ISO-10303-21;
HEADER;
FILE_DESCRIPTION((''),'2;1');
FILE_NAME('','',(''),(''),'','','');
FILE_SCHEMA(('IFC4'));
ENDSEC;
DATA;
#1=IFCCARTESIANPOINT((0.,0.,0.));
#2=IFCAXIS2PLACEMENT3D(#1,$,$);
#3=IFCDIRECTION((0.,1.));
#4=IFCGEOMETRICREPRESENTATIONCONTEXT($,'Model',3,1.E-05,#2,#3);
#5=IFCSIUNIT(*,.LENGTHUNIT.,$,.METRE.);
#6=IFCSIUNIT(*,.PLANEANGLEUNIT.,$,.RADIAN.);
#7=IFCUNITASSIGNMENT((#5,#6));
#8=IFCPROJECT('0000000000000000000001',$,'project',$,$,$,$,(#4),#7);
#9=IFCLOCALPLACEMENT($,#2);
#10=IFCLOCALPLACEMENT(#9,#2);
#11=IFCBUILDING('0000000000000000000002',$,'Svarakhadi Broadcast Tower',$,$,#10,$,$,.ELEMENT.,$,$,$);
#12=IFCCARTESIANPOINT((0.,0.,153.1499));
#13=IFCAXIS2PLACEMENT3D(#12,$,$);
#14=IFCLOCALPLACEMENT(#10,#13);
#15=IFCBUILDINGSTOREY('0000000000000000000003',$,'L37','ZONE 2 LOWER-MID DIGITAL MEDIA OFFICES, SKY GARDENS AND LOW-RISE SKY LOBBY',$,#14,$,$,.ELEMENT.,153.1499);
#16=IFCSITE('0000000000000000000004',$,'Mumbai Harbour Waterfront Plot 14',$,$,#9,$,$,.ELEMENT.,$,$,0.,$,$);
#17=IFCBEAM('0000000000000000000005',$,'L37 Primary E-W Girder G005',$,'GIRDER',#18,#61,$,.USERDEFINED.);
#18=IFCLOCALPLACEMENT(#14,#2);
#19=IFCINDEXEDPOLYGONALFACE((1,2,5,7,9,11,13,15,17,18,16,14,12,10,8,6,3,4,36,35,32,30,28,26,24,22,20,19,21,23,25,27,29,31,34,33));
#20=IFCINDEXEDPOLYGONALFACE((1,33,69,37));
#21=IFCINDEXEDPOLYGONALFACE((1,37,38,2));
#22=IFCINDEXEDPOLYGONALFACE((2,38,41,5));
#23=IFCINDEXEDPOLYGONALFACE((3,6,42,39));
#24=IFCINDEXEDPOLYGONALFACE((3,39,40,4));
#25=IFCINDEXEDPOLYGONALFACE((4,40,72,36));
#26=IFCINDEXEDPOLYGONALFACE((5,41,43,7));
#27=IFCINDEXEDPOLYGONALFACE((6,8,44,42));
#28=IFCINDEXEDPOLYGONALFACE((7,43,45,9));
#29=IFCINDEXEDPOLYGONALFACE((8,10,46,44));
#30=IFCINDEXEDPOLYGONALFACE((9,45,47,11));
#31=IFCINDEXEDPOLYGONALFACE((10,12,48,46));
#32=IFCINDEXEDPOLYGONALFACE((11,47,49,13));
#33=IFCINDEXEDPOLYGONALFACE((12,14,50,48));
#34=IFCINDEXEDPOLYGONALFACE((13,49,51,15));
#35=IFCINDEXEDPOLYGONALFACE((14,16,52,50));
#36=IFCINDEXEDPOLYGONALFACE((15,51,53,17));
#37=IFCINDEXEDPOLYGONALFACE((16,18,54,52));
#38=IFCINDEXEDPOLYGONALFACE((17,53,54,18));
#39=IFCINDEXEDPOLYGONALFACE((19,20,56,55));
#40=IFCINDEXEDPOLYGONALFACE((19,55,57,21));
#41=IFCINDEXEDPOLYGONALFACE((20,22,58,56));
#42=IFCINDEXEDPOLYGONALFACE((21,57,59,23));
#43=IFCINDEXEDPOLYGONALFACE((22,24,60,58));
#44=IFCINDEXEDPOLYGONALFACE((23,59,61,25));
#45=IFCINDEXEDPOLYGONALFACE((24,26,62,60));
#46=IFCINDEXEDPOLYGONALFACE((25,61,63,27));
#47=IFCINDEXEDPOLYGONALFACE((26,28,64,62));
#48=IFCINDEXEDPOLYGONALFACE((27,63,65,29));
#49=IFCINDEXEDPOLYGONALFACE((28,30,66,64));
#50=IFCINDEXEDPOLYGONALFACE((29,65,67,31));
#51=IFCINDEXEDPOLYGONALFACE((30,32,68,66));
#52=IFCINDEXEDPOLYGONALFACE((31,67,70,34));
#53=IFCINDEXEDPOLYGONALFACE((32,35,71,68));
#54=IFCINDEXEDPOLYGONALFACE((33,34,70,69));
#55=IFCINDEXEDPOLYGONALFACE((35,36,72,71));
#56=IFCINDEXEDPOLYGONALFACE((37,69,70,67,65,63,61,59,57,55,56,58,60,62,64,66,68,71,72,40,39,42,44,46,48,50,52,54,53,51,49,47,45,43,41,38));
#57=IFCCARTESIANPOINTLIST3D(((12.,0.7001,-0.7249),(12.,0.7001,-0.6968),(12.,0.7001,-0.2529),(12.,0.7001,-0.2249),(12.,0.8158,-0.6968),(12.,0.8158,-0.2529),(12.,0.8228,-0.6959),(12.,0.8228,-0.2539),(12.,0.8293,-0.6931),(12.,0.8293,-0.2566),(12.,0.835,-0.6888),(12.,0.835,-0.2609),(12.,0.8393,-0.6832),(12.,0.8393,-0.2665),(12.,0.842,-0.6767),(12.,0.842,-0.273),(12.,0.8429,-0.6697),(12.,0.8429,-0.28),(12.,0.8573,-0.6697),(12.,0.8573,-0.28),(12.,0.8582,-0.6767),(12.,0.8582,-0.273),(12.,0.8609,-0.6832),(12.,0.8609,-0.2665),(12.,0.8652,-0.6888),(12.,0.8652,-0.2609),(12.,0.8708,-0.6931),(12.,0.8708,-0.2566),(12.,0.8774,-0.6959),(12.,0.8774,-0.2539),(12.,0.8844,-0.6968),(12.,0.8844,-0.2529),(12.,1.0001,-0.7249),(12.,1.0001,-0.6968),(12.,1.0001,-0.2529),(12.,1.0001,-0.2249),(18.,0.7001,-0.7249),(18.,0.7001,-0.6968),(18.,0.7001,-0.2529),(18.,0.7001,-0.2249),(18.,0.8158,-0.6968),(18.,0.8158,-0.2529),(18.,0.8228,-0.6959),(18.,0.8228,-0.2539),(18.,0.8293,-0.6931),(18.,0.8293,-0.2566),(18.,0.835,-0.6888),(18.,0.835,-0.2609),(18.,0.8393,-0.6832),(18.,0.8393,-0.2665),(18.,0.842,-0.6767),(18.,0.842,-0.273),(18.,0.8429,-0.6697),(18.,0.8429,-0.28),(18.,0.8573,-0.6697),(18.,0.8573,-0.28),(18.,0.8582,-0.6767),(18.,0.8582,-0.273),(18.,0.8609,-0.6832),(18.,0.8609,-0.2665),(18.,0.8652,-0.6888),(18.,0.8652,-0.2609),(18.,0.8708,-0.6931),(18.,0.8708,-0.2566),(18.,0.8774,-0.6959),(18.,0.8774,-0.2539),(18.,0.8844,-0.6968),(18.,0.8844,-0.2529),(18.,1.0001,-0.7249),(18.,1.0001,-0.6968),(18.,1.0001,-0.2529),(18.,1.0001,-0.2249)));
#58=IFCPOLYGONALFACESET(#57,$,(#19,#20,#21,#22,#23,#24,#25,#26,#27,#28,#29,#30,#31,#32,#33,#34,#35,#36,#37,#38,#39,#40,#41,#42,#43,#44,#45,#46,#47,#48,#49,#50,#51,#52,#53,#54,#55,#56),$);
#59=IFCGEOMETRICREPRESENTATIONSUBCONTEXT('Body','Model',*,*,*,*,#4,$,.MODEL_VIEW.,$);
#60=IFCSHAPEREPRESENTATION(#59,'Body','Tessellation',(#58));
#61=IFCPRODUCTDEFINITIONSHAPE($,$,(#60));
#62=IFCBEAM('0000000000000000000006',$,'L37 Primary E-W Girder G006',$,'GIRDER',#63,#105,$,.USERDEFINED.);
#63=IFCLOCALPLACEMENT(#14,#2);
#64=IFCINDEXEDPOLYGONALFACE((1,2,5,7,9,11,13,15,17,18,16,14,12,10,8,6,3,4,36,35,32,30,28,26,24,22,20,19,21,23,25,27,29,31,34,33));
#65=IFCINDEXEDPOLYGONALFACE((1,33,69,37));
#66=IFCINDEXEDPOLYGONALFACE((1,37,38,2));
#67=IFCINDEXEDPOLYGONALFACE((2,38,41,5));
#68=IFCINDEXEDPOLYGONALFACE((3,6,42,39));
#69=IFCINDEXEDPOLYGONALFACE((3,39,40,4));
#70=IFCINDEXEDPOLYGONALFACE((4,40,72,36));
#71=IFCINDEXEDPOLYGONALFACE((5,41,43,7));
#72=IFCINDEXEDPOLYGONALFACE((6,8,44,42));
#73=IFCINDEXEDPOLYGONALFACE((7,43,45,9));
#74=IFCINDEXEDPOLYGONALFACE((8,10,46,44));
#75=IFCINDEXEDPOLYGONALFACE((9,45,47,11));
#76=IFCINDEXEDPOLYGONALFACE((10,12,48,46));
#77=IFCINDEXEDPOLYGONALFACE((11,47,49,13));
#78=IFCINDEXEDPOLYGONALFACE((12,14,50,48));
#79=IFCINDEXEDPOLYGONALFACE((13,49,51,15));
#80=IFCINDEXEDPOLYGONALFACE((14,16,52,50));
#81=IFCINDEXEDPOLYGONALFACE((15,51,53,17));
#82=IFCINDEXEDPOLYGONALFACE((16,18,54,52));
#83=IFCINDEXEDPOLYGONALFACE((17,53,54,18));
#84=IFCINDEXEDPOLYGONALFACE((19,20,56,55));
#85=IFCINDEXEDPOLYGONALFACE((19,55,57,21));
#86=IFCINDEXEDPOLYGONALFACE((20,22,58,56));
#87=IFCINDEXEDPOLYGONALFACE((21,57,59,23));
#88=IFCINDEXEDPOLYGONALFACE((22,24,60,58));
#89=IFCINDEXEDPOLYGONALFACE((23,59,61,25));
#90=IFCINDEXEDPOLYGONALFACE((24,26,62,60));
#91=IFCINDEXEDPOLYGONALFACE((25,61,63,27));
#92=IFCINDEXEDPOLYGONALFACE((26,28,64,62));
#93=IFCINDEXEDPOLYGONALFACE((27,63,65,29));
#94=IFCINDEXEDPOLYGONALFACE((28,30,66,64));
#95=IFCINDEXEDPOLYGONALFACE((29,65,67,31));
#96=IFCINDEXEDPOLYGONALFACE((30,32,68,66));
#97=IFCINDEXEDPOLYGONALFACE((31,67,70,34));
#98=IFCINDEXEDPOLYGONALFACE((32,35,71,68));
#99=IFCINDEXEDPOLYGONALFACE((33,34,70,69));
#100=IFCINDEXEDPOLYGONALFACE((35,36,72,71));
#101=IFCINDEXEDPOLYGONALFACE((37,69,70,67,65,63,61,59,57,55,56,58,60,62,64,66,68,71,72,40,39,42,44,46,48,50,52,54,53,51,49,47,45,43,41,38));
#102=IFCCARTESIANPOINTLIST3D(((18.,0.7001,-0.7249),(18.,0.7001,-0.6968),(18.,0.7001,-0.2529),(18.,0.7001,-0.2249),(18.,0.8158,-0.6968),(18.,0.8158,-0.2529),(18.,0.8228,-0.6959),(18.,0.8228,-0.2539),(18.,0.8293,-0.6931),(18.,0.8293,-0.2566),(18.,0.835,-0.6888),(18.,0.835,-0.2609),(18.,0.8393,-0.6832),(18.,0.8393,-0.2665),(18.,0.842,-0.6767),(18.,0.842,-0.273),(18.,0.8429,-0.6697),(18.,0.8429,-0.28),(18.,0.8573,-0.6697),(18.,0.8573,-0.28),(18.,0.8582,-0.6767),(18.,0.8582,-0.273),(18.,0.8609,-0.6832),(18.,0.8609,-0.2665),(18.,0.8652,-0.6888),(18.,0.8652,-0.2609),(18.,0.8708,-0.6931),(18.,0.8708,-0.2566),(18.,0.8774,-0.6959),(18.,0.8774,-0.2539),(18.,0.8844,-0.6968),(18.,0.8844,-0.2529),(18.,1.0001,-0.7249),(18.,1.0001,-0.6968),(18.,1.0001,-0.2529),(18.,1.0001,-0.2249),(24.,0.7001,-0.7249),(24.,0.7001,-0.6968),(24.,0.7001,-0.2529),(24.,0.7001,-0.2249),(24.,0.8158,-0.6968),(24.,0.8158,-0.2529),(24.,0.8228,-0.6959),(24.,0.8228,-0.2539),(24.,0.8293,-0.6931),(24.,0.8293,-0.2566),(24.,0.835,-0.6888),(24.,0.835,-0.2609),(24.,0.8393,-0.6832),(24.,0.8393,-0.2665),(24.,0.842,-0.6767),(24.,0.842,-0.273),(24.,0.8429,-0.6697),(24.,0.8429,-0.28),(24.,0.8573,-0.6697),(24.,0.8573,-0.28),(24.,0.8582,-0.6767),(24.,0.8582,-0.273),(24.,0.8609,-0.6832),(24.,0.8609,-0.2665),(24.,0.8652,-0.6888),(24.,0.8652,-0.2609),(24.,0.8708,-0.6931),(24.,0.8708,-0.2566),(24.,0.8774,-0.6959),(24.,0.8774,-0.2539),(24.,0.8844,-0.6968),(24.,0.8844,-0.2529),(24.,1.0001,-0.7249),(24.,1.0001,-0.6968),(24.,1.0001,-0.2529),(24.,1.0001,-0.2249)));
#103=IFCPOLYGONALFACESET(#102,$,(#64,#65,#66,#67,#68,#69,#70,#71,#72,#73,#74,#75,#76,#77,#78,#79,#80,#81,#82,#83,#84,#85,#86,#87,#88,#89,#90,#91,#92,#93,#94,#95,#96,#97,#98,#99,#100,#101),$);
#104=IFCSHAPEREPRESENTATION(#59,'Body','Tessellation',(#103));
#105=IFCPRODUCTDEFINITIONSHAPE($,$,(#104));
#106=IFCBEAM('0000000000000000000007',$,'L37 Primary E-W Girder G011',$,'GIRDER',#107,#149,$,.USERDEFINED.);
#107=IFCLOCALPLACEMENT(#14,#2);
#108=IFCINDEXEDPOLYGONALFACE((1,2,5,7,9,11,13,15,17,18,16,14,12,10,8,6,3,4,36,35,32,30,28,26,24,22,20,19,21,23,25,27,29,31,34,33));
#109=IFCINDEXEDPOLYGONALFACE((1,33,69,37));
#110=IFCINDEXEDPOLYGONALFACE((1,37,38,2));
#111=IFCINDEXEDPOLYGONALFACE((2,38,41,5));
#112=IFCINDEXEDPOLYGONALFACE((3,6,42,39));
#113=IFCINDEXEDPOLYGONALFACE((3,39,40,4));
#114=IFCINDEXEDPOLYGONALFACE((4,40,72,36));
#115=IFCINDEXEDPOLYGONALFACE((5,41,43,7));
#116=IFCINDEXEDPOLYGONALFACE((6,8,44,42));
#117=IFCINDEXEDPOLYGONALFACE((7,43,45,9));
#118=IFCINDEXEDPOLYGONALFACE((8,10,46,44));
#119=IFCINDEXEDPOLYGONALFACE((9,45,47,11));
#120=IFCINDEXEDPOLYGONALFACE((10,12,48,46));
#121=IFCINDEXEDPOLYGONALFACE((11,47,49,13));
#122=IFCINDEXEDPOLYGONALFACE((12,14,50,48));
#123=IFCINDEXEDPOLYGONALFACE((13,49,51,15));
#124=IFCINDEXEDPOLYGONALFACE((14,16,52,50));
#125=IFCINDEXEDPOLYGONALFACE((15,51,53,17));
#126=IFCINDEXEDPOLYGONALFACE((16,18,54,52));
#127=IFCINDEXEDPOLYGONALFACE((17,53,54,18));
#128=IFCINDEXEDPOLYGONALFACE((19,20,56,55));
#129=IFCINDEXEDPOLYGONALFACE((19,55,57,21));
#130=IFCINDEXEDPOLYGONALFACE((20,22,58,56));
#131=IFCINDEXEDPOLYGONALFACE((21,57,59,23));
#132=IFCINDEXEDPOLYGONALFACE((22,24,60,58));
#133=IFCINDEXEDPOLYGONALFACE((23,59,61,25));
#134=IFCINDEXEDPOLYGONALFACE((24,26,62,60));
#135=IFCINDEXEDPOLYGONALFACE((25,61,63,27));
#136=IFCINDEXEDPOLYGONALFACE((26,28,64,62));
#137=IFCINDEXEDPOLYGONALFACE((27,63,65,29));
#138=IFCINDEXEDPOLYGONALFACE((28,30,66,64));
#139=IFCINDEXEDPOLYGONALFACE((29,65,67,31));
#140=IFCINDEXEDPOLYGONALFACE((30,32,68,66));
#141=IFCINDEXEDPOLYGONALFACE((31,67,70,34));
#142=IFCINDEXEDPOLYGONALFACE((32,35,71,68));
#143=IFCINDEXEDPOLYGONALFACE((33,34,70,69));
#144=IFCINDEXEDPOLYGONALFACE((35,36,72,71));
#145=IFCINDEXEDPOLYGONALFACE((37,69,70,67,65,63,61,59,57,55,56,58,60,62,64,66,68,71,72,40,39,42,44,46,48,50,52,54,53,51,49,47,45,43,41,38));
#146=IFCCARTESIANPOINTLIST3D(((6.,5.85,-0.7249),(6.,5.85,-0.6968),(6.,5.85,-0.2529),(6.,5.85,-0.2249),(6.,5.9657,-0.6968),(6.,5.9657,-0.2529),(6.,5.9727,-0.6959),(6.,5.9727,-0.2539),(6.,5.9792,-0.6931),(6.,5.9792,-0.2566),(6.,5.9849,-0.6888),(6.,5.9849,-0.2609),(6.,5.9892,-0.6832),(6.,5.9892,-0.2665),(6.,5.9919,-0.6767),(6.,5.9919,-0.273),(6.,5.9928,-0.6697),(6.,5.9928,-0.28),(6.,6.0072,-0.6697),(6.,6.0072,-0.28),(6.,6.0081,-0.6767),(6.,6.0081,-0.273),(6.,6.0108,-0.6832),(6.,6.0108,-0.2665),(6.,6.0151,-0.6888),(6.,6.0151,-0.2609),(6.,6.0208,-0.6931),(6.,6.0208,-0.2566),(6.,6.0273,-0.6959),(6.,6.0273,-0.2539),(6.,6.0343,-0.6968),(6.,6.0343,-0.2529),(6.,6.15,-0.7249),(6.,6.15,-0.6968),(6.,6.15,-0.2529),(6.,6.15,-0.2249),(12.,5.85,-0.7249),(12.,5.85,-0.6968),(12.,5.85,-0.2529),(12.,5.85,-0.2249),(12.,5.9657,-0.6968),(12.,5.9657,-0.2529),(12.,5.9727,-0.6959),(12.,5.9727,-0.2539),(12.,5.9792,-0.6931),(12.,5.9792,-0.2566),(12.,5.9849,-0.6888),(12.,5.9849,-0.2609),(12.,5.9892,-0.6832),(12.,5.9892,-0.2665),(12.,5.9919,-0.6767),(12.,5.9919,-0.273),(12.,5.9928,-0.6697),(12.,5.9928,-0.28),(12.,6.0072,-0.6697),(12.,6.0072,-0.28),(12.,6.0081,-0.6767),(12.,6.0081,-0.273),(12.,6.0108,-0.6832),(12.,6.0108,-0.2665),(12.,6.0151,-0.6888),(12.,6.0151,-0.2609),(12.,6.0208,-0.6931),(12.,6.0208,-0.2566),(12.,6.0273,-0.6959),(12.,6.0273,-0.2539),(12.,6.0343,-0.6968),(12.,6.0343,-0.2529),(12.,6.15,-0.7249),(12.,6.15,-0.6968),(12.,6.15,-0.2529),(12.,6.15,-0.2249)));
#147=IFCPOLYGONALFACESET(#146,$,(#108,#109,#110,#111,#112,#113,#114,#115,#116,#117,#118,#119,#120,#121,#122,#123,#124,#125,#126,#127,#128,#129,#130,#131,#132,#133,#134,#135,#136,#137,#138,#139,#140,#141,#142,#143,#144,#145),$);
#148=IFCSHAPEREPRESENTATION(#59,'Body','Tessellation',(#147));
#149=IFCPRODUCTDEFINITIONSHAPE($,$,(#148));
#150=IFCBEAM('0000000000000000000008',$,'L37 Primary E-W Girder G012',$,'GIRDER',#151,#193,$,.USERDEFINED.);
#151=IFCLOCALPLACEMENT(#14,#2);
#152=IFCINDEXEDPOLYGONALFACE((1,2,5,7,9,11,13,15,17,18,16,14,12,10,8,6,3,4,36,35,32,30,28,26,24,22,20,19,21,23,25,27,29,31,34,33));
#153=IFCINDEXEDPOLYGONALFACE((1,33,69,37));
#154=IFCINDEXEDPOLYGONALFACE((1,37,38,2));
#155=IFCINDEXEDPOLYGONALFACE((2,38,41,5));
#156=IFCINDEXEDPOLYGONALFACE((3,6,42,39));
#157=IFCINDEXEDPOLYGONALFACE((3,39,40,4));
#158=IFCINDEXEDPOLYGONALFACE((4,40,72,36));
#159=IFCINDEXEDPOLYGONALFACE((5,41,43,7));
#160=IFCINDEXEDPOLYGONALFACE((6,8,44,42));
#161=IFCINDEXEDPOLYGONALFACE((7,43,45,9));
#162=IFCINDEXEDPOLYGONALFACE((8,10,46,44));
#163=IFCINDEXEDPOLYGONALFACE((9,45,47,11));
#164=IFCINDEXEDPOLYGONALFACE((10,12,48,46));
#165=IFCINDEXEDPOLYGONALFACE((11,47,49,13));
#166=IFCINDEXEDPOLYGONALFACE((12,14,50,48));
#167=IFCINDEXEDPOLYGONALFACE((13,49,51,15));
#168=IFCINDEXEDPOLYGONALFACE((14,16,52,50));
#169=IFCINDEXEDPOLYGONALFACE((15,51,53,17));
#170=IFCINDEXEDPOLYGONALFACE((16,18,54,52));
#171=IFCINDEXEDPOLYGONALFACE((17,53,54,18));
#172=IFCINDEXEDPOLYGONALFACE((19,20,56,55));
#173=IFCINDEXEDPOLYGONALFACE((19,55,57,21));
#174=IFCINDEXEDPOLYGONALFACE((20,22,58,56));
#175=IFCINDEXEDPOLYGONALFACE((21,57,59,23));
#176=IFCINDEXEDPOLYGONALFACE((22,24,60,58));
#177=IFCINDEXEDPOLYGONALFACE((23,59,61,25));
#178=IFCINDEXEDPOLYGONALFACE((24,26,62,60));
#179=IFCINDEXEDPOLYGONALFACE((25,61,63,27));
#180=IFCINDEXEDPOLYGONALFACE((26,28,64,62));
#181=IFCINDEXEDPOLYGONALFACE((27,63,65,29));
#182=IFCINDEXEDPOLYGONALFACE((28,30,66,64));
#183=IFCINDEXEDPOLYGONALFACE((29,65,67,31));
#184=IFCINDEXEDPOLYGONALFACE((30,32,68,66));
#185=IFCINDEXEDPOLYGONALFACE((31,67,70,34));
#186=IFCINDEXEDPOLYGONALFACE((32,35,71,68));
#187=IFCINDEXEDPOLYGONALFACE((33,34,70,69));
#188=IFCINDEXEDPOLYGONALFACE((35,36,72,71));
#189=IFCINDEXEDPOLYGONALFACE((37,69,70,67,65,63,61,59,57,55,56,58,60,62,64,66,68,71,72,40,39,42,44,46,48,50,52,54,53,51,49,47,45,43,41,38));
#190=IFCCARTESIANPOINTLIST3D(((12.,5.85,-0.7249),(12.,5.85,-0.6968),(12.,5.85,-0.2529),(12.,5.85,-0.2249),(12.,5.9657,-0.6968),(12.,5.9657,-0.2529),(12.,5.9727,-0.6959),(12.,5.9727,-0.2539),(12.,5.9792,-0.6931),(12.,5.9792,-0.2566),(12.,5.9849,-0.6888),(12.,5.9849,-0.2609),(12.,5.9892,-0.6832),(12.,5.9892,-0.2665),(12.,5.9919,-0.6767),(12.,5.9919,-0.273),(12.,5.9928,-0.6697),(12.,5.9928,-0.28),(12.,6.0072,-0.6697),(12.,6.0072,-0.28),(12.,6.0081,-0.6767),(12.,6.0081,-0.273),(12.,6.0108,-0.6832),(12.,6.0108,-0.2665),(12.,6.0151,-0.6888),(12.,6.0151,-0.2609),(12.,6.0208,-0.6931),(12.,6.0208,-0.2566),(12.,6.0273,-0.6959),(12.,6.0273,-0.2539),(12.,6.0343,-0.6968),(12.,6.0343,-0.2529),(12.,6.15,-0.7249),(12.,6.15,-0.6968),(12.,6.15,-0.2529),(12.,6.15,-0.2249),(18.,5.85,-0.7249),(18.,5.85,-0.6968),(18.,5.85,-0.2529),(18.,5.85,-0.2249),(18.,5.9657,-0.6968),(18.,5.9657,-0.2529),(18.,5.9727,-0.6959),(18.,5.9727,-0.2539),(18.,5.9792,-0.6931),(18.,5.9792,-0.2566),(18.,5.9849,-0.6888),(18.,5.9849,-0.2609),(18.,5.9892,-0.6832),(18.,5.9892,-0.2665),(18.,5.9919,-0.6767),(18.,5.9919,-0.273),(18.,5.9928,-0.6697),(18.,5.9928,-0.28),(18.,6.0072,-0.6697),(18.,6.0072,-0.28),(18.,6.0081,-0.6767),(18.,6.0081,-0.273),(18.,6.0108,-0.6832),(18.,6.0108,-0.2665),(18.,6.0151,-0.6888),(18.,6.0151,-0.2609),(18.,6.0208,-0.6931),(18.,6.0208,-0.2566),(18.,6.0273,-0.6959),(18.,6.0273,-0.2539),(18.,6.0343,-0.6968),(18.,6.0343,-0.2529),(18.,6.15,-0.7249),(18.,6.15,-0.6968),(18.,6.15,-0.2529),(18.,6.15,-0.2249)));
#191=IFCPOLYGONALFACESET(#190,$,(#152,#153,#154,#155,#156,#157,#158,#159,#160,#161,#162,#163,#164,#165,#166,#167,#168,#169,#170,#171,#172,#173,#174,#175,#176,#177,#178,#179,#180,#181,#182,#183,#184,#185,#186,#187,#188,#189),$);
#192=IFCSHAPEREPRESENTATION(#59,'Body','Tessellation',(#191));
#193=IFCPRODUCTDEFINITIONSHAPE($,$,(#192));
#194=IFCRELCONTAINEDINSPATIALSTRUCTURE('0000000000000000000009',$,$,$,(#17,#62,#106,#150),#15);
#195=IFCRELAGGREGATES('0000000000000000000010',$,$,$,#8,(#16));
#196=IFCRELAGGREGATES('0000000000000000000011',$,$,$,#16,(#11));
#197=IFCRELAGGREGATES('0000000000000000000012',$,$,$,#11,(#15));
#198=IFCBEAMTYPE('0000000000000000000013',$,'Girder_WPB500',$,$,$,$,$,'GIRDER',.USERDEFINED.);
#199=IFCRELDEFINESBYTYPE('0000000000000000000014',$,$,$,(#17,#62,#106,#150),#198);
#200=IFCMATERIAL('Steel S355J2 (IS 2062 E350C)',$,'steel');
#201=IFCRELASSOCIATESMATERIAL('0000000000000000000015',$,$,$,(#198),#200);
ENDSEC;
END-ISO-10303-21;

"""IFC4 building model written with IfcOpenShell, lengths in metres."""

from ifc_helpers import new_model, si_unit, direction, frame, origin, origin_2d, place, context, subcontext, project, spatial, i_section, extrude, material, material_profile, profile_set, type_object, element, save


model = new_model("IFC4")

# Units and contexts
model_context = context("Model", 3, precision=1e-05, world=origin(), true_north=direction((0.0, 1.0)))
body_context = subcontext(model_context, "Body", "Model", "MODEL_VIEW")
ifc_project = project(units=[si_unit("LENGTHUNIT", "METRE"), si_unit("PLANEANGLEUNIT", "RADIAN")], contexts=[model_context])

# Site, building, storey
site_placement = place(None, origin())
site = spatial("IfcSite", under=ifc_project, at=site_placement, Name="Mumbai Harbour Waterfront Plot 14", CompositionType="ELEMENT", RefElevation=0.0)
building_placement = place(site_placement, origin())
building = spatial("IfcBuilding", under=site, at=building_placement, Name="Svarakhadi Broadcast Tower", CompositionType="ELEMENT")
storey_placement = place(building_placement, frame((0.0, 0.0, 153.1499)))
storey = spatial("IfcBuildingStorey", under=building, at=storey_placement, Name="L37", Description="ZONE 2 LOWER-MID DIGITAL MEDIA OFFICES, SKY GARDENS AND LOW-RISE SKY LOBBY", CompositionType="ELEMENT", Elevation=153.1499)

# Shared definitions
ifc_material_1 = material(Name="Steel S355J2 (IS 2062 E350C)", Category="steel")

# Beams
ifc_material_profile_1 = material_profile(ifc_material_1, i_section(OverallWidth=0.3, OverallDepth=0.5, WebThickness=0.0144, FlangeThickness=0.0281, FilletRadius=0.0271, at=origin_2d()), Name="WPB 500x300x187")
ifc_profile_set_1 = profile_set([ifc_material_profile_1], Name="Steel S355J2 (IS 2062 E350C)")
beam_type_1 = type_object("IfcBeamType", Name="Girder_WPB500", ElementType="GIRDER", PredefinedType="USERDEFINED", material=ifc_profile_set_1)
for number, where, z_axis, x_axis, name in (
    (1, (12.0, 0.8501, -0.4749), (1.0, 0.0, 0.0), (0.0, 1.0, 0.0), "L37 Primary E-W Girder G005"),
    (2, (18.0, 0.8501, -0.4749), (1.0, 0.0, 0.0), (0.0, 1.0, 0.0), "L37 Primary E-W Girder G006"),
    (3, (6.0, 6.0, -0.4749), (1.0, 0.0, 0.0), (0.0, 1.0, 0.0), "L37 Primary E-W Girder G011"),
    (4, (12.0, 6.0, -0.4749), (1.0, 0.0, 0.0), (0.0, 1.0, 0.0), "L37 Primary E-W Girder G012"),
):
    element("IfcBeam", number, at=place(storey_placement, frame(where, z_axis=z_axis, x_axis=x_axis)), inside=storey, type_object=beam_type_1, Name=name, ObjectType="GIRDER", PredefinedType="USERDEFINED", context=body_context, shape_type="SweptSolid", body=[
        extrude(i_section(OverallWidth=0.3, OverallDepth=0.5, WebThickness=0.0144, FlangeThickness=0.0281, FilletRadius=0.0271, at=origin_2d()), origin(), (0.0, 0.0, 1.0), 6.0),
    ])

save(model, "model.ifc")
